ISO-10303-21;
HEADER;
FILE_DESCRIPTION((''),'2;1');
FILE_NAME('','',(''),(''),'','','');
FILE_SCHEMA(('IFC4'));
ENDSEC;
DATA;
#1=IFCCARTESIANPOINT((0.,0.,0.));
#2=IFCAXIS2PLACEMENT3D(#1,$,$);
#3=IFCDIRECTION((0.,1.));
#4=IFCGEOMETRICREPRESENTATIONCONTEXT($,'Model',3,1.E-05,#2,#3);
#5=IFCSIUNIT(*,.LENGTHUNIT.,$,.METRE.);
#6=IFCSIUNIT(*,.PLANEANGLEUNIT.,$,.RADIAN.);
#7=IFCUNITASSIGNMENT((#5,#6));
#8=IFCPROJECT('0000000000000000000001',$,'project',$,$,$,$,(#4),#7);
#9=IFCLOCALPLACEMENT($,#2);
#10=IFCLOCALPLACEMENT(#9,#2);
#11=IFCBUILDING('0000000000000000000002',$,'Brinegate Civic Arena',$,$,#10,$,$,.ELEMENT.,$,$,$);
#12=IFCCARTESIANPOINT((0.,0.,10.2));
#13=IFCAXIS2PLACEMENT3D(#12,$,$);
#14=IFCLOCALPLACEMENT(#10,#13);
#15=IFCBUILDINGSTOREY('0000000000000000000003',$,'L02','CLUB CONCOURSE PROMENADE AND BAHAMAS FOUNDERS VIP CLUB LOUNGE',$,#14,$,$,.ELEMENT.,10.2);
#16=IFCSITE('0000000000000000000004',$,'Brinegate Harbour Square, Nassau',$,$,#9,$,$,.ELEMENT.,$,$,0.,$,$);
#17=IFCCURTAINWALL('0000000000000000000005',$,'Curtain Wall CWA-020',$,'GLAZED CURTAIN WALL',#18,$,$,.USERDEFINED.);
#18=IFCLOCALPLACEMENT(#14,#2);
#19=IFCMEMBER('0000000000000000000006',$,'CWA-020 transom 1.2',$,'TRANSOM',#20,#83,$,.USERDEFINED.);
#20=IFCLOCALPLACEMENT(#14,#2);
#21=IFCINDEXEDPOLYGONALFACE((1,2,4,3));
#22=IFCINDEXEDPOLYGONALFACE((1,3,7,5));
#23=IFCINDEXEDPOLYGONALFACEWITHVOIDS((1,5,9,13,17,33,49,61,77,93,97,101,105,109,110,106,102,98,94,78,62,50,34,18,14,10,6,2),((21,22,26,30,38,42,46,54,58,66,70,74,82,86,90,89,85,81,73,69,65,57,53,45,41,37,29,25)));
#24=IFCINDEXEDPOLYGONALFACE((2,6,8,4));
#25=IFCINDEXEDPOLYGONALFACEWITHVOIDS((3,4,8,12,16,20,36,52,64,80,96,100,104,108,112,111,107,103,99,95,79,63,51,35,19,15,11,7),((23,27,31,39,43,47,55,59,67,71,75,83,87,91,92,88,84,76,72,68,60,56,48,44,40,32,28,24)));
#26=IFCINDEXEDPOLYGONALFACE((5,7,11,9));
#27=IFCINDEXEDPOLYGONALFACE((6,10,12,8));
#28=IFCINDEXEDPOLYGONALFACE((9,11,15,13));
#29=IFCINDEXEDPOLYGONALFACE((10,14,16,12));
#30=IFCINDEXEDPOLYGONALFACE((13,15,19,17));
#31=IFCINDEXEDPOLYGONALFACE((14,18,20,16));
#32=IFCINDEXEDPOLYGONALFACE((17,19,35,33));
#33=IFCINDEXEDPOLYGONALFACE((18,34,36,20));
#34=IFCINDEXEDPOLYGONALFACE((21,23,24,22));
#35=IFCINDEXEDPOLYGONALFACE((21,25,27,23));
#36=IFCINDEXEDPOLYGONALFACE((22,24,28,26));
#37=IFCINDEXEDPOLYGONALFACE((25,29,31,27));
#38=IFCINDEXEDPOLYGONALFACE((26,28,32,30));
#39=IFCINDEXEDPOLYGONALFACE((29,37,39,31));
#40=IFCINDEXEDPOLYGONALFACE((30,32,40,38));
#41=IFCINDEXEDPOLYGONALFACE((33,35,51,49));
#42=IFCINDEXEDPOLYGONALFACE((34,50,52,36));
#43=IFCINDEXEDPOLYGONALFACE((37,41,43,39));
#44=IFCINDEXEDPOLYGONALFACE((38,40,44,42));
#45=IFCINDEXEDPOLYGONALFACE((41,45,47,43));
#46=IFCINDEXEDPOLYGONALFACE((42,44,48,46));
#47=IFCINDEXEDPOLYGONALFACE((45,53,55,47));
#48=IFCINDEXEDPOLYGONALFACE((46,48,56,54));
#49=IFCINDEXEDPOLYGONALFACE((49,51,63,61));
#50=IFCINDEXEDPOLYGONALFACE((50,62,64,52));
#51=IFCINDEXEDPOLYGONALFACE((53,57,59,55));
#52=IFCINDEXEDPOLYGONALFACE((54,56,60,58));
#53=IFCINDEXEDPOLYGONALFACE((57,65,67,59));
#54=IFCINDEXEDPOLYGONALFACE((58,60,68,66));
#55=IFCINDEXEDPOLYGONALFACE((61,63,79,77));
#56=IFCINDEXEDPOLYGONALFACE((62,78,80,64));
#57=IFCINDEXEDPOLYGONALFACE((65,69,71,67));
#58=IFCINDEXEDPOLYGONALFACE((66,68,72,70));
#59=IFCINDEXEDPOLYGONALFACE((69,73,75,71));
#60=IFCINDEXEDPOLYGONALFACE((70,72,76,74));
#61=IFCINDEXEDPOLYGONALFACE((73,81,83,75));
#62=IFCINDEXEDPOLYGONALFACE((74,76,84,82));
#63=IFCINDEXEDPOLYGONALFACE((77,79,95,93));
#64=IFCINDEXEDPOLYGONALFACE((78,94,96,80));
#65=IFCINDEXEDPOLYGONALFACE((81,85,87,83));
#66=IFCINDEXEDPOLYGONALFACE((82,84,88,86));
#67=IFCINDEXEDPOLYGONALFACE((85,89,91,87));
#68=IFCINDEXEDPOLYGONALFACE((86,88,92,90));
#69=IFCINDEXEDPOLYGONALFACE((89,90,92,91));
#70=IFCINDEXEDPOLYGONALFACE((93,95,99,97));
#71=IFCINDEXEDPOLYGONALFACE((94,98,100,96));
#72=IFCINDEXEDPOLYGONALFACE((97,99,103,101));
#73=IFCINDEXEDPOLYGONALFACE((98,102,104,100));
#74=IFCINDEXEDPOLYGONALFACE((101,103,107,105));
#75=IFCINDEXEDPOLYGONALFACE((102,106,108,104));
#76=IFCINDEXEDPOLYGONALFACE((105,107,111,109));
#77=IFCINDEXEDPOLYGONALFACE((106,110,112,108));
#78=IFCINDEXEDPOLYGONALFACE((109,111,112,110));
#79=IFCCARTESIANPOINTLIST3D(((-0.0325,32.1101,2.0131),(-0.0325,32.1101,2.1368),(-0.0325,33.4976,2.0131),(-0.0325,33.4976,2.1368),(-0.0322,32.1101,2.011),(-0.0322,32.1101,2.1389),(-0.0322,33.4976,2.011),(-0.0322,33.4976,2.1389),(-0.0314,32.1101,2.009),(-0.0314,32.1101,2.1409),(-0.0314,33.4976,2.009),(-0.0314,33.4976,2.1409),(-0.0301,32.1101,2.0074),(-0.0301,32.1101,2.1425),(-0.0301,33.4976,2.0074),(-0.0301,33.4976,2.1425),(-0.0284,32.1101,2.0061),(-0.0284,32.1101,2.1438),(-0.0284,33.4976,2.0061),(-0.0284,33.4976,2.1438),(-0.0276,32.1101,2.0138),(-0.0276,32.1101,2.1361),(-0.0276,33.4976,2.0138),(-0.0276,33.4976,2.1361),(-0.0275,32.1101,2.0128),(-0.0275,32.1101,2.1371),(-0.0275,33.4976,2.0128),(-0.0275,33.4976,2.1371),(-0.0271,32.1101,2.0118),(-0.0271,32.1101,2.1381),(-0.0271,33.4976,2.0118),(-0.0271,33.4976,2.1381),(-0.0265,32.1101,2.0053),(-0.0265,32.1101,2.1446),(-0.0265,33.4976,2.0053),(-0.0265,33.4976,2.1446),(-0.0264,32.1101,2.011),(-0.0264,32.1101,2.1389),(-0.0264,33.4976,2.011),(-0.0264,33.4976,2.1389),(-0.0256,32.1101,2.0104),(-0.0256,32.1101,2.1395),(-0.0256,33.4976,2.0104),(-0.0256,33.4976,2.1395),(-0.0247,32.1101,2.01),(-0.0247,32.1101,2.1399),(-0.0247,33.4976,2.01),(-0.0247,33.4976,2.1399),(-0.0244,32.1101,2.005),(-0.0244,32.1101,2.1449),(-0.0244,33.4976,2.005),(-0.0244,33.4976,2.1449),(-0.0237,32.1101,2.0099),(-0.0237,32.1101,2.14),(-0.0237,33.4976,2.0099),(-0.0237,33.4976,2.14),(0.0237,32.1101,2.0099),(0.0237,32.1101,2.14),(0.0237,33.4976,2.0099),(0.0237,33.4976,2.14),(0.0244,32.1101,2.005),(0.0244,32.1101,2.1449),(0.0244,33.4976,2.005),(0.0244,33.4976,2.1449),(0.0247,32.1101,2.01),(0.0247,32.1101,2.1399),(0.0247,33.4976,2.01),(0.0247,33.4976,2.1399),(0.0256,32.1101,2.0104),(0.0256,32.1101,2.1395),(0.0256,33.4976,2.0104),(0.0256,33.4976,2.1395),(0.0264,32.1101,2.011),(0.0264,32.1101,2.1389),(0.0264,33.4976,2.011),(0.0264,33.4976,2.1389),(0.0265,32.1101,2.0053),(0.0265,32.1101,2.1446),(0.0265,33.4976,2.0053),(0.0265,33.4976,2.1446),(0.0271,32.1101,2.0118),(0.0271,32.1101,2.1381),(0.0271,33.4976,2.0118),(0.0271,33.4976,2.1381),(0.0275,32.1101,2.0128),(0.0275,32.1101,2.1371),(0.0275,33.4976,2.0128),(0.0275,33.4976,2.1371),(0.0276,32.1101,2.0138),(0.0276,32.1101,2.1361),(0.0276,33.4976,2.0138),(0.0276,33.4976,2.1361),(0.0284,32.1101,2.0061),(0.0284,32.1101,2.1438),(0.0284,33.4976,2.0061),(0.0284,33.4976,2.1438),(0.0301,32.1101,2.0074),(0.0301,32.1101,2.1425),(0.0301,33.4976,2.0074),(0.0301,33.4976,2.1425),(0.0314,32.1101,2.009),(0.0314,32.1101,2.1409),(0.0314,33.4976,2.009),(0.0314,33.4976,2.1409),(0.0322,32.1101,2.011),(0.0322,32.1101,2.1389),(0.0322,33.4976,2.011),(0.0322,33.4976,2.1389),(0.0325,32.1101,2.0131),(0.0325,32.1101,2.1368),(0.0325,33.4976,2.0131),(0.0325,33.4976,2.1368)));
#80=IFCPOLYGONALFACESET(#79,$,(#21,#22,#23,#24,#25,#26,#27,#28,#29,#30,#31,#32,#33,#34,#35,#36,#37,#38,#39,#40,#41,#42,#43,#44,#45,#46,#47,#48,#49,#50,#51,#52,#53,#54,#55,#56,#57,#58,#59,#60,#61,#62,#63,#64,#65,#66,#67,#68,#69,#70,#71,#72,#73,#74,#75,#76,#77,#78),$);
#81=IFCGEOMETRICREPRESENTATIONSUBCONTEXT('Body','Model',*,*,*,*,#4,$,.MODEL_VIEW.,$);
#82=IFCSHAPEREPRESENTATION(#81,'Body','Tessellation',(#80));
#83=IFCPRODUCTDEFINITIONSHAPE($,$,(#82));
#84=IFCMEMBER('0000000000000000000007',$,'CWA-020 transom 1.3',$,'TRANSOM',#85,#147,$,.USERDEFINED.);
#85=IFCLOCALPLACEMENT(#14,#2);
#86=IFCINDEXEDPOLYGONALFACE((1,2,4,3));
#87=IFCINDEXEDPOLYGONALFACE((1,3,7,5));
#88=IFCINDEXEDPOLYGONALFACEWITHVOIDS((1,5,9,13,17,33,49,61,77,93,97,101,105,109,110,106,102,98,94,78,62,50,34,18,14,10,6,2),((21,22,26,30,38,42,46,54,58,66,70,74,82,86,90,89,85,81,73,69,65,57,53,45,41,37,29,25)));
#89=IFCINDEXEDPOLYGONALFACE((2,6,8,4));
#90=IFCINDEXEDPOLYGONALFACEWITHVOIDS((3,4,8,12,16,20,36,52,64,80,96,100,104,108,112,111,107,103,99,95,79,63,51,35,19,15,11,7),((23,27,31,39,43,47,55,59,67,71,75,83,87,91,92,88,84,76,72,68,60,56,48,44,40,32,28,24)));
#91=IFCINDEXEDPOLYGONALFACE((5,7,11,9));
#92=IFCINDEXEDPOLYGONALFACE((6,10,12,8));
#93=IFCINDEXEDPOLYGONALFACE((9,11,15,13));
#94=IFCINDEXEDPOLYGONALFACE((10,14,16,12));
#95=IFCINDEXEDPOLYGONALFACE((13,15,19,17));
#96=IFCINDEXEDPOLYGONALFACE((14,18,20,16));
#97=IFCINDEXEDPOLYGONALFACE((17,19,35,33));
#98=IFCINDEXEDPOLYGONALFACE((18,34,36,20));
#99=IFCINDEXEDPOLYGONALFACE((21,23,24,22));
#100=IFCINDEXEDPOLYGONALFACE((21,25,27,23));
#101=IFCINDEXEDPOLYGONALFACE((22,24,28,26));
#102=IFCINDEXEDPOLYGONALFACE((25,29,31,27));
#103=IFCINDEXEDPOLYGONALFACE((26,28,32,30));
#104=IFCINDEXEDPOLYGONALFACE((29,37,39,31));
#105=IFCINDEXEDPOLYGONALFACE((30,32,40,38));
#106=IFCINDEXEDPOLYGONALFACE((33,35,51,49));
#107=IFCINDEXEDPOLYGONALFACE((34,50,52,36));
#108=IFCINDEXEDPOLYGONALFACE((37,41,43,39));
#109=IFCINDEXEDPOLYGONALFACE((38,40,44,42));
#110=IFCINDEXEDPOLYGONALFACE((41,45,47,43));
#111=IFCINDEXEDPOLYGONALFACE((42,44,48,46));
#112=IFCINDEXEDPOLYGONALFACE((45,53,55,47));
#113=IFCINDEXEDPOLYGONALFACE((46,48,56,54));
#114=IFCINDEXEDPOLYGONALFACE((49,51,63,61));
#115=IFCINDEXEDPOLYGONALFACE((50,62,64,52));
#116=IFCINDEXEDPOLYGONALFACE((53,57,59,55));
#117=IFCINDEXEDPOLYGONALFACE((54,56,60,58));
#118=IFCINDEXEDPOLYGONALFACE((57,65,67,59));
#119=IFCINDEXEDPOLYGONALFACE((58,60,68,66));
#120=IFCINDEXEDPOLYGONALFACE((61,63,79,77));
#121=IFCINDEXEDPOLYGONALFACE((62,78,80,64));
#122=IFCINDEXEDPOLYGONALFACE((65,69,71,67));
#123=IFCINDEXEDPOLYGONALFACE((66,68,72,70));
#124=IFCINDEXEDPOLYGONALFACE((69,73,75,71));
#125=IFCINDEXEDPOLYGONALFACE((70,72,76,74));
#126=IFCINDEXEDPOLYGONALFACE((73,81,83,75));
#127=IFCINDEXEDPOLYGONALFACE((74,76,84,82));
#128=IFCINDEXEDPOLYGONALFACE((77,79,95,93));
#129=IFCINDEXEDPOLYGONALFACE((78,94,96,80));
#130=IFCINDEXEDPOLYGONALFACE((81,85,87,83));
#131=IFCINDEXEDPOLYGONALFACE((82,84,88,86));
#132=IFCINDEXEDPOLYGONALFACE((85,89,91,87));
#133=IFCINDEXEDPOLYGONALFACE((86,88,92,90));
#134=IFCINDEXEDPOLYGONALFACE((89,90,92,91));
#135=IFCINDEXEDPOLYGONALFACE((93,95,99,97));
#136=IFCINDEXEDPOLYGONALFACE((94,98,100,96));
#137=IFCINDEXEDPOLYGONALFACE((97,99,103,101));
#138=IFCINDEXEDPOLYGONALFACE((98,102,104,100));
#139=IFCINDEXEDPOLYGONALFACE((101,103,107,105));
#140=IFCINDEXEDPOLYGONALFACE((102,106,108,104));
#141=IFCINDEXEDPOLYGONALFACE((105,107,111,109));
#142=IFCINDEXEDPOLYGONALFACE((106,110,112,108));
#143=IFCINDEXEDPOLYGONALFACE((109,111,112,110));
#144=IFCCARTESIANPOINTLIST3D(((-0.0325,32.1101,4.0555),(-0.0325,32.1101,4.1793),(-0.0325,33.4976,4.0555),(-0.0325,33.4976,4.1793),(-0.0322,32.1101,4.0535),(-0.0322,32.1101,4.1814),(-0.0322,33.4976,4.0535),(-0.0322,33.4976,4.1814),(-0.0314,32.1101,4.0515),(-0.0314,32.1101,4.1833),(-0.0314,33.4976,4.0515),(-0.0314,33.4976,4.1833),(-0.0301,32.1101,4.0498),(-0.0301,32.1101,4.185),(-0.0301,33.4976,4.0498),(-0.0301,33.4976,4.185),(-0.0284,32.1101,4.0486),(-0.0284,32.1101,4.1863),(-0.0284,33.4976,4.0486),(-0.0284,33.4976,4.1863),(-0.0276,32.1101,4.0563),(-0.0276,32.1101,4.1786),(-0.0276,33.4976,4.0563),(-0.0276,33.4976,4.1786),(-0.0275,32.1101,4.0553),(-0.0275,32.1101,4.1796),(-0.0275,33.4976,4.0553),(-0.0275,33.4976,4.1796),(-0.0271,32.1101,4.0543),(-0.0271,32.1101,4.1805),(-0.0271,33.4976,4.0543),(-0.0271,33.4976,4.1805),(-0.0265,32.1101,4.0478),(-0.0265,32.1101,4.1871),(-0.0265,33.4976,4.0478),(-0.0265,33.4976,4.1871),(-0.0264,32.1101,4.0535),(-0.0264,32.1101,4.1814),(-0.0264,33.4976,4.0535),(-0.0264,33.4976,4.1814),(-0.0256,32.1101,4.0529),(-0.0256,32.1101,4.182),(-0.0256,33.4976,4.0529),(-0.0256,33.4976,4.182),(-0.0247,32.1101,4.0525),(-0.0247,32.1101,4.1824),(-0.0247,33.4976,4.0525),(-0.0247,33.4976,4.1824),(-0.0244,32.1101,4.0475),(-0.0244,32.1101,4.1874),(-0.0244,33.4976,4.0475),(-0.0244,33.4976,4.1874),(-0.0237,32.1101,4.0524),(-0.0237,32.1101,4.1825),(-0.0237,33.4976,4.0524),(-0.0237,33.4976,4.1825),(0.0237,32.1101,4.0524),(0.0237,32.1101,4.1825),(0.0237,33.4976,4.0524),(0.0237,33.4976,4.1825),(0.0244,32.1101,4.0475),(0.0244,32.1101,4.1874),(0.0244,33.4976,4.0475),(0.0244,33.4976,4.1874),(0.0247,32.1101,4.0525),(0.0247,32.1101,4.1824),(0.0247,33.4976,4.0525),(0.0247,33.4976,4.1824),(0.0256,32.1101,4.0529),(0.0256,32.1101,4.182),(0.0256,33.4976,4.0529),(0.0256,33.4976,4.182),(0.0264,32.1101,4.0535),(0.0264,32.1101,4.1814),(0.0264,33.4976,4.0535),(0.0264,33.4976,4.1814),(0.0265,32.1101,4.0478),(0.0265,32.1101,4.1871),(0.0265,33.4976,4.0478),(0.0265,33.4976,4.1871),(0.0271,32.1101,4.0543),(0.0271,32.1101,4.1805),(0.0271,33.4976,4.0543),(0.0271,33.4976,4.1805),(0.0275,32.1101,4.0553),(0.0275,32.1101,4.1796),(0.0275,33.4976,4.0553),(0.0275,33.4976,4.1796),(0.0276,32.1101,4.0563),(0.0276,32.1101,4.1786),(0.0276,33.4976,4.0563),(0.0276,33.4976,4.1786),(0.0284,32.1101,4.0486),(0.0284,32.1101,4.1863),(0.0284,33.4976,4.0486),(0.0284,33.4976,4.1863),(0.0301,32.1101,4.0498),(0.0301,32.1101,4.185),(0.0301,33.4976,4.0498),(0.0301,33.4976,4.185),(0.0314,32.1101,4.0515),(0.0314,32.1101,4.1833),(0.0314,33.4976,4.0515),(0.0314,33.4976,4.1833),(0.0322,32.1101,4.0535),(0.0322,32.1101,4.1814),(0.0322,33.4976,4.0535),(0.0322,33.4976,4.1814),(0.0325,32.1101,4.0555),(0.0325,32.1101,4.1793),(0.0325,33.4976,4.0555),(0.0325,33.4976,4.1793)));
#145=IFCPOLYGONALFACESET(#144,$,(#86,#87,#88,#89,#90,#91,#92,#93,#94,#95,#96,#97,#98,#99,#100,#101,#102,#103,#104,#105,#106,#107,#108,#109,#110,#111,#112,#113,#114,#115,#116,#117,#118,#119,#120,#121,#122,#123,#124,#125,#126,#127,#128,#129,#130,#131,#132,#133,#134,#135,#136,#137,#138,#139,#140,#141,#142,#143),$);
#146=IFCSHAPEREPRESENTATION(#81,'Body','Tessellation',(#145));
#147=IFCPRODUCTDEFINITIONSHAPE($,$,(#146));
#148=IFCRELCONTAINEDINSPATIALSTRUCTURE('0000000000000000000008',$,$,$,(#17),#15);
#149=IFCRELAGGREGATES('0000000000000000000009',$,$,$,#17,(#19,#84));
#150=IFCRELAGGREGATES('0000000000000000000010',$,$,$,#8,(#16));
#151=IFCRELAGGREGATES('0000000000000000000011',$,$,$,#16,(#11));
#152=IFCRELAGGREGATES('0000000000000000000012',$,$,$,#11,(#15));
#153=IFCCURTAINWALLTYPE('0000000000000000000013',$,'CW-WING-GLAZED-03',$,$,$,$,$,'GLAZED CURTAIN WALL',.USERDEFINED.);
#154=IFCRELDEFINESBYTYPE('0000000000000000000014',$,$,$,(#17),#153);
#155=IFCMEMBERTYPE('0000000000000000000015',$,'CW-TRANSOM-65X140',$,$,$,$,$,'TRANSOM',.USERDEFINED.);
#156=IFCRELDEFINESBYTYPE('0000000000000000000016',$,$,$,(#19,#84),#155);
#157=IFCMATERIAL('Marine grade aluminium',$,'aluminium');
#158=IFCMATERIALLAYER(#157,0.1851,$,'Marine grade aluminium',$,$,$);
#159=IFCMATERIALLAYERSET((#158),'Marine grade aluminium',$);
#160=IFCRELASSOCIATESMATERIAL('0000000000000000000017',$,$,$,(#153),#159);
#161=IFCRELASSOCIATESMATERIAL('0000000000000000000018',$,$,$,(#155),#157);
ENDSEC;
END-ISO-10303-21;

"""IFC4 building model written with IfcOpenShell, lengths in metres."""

from ifc_helpers import new_model, si_unit, direction, frame, origin, origin_2d, place, context, subcontext, project, spatial, hollow_rectangle, extrude, material, layer, layer_set, material_profile, profile_set, type_object, element, aggregate, save


model = new_model("IFC4")

# Units and contexts
model_context = context("Model", 3, precision=1e-05, world=origin(), true_north=direction((0.0, 1.0)))
body_context = subcontext(model_context, "Body", "Model", "MODEL_VIEW")
ifc_project = project(units=[si_unit("LENGTHUNIT", "METRE"), si_unit("PLANEANGLEUNIT", "RADIAN")], contexts=[model_context])

# Site, building, storey
site_placement = place(None, origin())
site = spatial("IfcSite", under=ifc_project, at=site_placement, Name="Brinegate Harbour Square, Nassau", CompositionType="ELEMENT", RefElevation=0.0)
building_placement = place(site_placement, origin())
building = spatial("IfcBuilding", under=site, at=building_placement, Name="Brinegate Civic Arena", CompositionType="ELEMENT")
storey_placement = place(building_placement, frame((0.0, 0.0, 10.2)))
storey = spatial("IfcBuildingStorey", under=building, at=storey_placement, Name="L02", Description="CLUB CONCOURSE PROMENADE AND BAHAMAS FOUNDERS VIP CLUB LOUNGE", CompositionType="ELEMENT", Elevation=10.2)

# Curtain wall, members
ifc_material_1 = material(Name="Marine grade aluminium", Category="aluminium")
ifc_layer_1 = layer(ifc_material_1, 0.1851, Name="Marine grade aluminium")
ifc_layer_set_1 = layer_set([ifc_layer_1], Name="Marine grade aluminium")
curtain_wall_type = type_object("IfcCurtainWallType", Name="CW-WING-GLAZED-03", ElementType="GLAZED CURTAIN WALL", PredefinedType="USERDEFINED", material=ifc_layer_set_1)
curtain_wall_placement = place(storey_placement, origin())
curtain_wall = element("IfcCurtainWall", 1, at=curtain_wall_placement, inside=storey, type_object=curtain_wall_type, Name="Curtain Wall CWA-020", ObjectType="GLAZED CURTAIN WALL", PredefinedType="USERDEFINED")
ifc_material_profile_1 = material_profile(ifc_material_1, hollow_rectangle(XDim=0.0649, YDim=0.1399, WallThickness=0.0049, InnerFilletRadius=0.0039, OuterFilletRadius=0.0081, at=origin_2d()), Name="TRN65X140")
ifc_profile_set_1 = profile_set([ifc_material_profile_1], Name="Marine grade aluminium")
member_type_1 = type_object("IfcMemberType", Name="CW-TRANSOM-65X140", ElementType="TRANSOM", PredefinedType="USERDEFINED", material=ifc_profile_set_1)
member_1_placement = place(storey_placement, frame((0.0, 32.1101, 2.075), z_axis=(0.0, 1.0, 0.0), x_axis=(-1.0, 0.0, 0.0)))
member_1 = element("IfcMember", 2, at=member_1_placement, type_object=member_type_1, Name="CWA-020 transom 1.2", ObjectType="TRANSOM", PredefinedType="USERDEFINED", context=body_context, shape_type="SweptSolid", body=[
    extrude(hollow_rectangle(XDim=0.0649, YDim=0.1399, WallThickness=0.0049, InnerFilletRadius=0.0039, OuterFilletRadius=0.0081, at=origin_2d()), origin(), (0.0, 0.0, 1.0), 1.3875),
])
member_2_placement = place(storey_placement, frame((0.0, 32.1101, 4.1174), z_axis=(0.0, 1.0, 0.0), x_axis=(-1.0, 0.0, 0.0)))
member_2 = element("IfcMember", 3, at=member_2_placement, type_object=member_type_1, Name="CWA-020 transom 1.3", ObjectType="TRANSOM", PredefinedType="USERDEFINED", context=body_context, shape_type="SweptSolid", body=[
    extrude(hollow_rectangle(XDim=0.0649, YDim=0.1399, WallThickness=0.0049, InnerFilletRadius=0.0039, OuterFilletRadius=0.0081, at=origin_2d()), origin(), (0.0, 0.0, 1.0), 1.3875),
])

aggregate(curtain_wall, [member_1, member_2])

save(model, "model.ifc")
